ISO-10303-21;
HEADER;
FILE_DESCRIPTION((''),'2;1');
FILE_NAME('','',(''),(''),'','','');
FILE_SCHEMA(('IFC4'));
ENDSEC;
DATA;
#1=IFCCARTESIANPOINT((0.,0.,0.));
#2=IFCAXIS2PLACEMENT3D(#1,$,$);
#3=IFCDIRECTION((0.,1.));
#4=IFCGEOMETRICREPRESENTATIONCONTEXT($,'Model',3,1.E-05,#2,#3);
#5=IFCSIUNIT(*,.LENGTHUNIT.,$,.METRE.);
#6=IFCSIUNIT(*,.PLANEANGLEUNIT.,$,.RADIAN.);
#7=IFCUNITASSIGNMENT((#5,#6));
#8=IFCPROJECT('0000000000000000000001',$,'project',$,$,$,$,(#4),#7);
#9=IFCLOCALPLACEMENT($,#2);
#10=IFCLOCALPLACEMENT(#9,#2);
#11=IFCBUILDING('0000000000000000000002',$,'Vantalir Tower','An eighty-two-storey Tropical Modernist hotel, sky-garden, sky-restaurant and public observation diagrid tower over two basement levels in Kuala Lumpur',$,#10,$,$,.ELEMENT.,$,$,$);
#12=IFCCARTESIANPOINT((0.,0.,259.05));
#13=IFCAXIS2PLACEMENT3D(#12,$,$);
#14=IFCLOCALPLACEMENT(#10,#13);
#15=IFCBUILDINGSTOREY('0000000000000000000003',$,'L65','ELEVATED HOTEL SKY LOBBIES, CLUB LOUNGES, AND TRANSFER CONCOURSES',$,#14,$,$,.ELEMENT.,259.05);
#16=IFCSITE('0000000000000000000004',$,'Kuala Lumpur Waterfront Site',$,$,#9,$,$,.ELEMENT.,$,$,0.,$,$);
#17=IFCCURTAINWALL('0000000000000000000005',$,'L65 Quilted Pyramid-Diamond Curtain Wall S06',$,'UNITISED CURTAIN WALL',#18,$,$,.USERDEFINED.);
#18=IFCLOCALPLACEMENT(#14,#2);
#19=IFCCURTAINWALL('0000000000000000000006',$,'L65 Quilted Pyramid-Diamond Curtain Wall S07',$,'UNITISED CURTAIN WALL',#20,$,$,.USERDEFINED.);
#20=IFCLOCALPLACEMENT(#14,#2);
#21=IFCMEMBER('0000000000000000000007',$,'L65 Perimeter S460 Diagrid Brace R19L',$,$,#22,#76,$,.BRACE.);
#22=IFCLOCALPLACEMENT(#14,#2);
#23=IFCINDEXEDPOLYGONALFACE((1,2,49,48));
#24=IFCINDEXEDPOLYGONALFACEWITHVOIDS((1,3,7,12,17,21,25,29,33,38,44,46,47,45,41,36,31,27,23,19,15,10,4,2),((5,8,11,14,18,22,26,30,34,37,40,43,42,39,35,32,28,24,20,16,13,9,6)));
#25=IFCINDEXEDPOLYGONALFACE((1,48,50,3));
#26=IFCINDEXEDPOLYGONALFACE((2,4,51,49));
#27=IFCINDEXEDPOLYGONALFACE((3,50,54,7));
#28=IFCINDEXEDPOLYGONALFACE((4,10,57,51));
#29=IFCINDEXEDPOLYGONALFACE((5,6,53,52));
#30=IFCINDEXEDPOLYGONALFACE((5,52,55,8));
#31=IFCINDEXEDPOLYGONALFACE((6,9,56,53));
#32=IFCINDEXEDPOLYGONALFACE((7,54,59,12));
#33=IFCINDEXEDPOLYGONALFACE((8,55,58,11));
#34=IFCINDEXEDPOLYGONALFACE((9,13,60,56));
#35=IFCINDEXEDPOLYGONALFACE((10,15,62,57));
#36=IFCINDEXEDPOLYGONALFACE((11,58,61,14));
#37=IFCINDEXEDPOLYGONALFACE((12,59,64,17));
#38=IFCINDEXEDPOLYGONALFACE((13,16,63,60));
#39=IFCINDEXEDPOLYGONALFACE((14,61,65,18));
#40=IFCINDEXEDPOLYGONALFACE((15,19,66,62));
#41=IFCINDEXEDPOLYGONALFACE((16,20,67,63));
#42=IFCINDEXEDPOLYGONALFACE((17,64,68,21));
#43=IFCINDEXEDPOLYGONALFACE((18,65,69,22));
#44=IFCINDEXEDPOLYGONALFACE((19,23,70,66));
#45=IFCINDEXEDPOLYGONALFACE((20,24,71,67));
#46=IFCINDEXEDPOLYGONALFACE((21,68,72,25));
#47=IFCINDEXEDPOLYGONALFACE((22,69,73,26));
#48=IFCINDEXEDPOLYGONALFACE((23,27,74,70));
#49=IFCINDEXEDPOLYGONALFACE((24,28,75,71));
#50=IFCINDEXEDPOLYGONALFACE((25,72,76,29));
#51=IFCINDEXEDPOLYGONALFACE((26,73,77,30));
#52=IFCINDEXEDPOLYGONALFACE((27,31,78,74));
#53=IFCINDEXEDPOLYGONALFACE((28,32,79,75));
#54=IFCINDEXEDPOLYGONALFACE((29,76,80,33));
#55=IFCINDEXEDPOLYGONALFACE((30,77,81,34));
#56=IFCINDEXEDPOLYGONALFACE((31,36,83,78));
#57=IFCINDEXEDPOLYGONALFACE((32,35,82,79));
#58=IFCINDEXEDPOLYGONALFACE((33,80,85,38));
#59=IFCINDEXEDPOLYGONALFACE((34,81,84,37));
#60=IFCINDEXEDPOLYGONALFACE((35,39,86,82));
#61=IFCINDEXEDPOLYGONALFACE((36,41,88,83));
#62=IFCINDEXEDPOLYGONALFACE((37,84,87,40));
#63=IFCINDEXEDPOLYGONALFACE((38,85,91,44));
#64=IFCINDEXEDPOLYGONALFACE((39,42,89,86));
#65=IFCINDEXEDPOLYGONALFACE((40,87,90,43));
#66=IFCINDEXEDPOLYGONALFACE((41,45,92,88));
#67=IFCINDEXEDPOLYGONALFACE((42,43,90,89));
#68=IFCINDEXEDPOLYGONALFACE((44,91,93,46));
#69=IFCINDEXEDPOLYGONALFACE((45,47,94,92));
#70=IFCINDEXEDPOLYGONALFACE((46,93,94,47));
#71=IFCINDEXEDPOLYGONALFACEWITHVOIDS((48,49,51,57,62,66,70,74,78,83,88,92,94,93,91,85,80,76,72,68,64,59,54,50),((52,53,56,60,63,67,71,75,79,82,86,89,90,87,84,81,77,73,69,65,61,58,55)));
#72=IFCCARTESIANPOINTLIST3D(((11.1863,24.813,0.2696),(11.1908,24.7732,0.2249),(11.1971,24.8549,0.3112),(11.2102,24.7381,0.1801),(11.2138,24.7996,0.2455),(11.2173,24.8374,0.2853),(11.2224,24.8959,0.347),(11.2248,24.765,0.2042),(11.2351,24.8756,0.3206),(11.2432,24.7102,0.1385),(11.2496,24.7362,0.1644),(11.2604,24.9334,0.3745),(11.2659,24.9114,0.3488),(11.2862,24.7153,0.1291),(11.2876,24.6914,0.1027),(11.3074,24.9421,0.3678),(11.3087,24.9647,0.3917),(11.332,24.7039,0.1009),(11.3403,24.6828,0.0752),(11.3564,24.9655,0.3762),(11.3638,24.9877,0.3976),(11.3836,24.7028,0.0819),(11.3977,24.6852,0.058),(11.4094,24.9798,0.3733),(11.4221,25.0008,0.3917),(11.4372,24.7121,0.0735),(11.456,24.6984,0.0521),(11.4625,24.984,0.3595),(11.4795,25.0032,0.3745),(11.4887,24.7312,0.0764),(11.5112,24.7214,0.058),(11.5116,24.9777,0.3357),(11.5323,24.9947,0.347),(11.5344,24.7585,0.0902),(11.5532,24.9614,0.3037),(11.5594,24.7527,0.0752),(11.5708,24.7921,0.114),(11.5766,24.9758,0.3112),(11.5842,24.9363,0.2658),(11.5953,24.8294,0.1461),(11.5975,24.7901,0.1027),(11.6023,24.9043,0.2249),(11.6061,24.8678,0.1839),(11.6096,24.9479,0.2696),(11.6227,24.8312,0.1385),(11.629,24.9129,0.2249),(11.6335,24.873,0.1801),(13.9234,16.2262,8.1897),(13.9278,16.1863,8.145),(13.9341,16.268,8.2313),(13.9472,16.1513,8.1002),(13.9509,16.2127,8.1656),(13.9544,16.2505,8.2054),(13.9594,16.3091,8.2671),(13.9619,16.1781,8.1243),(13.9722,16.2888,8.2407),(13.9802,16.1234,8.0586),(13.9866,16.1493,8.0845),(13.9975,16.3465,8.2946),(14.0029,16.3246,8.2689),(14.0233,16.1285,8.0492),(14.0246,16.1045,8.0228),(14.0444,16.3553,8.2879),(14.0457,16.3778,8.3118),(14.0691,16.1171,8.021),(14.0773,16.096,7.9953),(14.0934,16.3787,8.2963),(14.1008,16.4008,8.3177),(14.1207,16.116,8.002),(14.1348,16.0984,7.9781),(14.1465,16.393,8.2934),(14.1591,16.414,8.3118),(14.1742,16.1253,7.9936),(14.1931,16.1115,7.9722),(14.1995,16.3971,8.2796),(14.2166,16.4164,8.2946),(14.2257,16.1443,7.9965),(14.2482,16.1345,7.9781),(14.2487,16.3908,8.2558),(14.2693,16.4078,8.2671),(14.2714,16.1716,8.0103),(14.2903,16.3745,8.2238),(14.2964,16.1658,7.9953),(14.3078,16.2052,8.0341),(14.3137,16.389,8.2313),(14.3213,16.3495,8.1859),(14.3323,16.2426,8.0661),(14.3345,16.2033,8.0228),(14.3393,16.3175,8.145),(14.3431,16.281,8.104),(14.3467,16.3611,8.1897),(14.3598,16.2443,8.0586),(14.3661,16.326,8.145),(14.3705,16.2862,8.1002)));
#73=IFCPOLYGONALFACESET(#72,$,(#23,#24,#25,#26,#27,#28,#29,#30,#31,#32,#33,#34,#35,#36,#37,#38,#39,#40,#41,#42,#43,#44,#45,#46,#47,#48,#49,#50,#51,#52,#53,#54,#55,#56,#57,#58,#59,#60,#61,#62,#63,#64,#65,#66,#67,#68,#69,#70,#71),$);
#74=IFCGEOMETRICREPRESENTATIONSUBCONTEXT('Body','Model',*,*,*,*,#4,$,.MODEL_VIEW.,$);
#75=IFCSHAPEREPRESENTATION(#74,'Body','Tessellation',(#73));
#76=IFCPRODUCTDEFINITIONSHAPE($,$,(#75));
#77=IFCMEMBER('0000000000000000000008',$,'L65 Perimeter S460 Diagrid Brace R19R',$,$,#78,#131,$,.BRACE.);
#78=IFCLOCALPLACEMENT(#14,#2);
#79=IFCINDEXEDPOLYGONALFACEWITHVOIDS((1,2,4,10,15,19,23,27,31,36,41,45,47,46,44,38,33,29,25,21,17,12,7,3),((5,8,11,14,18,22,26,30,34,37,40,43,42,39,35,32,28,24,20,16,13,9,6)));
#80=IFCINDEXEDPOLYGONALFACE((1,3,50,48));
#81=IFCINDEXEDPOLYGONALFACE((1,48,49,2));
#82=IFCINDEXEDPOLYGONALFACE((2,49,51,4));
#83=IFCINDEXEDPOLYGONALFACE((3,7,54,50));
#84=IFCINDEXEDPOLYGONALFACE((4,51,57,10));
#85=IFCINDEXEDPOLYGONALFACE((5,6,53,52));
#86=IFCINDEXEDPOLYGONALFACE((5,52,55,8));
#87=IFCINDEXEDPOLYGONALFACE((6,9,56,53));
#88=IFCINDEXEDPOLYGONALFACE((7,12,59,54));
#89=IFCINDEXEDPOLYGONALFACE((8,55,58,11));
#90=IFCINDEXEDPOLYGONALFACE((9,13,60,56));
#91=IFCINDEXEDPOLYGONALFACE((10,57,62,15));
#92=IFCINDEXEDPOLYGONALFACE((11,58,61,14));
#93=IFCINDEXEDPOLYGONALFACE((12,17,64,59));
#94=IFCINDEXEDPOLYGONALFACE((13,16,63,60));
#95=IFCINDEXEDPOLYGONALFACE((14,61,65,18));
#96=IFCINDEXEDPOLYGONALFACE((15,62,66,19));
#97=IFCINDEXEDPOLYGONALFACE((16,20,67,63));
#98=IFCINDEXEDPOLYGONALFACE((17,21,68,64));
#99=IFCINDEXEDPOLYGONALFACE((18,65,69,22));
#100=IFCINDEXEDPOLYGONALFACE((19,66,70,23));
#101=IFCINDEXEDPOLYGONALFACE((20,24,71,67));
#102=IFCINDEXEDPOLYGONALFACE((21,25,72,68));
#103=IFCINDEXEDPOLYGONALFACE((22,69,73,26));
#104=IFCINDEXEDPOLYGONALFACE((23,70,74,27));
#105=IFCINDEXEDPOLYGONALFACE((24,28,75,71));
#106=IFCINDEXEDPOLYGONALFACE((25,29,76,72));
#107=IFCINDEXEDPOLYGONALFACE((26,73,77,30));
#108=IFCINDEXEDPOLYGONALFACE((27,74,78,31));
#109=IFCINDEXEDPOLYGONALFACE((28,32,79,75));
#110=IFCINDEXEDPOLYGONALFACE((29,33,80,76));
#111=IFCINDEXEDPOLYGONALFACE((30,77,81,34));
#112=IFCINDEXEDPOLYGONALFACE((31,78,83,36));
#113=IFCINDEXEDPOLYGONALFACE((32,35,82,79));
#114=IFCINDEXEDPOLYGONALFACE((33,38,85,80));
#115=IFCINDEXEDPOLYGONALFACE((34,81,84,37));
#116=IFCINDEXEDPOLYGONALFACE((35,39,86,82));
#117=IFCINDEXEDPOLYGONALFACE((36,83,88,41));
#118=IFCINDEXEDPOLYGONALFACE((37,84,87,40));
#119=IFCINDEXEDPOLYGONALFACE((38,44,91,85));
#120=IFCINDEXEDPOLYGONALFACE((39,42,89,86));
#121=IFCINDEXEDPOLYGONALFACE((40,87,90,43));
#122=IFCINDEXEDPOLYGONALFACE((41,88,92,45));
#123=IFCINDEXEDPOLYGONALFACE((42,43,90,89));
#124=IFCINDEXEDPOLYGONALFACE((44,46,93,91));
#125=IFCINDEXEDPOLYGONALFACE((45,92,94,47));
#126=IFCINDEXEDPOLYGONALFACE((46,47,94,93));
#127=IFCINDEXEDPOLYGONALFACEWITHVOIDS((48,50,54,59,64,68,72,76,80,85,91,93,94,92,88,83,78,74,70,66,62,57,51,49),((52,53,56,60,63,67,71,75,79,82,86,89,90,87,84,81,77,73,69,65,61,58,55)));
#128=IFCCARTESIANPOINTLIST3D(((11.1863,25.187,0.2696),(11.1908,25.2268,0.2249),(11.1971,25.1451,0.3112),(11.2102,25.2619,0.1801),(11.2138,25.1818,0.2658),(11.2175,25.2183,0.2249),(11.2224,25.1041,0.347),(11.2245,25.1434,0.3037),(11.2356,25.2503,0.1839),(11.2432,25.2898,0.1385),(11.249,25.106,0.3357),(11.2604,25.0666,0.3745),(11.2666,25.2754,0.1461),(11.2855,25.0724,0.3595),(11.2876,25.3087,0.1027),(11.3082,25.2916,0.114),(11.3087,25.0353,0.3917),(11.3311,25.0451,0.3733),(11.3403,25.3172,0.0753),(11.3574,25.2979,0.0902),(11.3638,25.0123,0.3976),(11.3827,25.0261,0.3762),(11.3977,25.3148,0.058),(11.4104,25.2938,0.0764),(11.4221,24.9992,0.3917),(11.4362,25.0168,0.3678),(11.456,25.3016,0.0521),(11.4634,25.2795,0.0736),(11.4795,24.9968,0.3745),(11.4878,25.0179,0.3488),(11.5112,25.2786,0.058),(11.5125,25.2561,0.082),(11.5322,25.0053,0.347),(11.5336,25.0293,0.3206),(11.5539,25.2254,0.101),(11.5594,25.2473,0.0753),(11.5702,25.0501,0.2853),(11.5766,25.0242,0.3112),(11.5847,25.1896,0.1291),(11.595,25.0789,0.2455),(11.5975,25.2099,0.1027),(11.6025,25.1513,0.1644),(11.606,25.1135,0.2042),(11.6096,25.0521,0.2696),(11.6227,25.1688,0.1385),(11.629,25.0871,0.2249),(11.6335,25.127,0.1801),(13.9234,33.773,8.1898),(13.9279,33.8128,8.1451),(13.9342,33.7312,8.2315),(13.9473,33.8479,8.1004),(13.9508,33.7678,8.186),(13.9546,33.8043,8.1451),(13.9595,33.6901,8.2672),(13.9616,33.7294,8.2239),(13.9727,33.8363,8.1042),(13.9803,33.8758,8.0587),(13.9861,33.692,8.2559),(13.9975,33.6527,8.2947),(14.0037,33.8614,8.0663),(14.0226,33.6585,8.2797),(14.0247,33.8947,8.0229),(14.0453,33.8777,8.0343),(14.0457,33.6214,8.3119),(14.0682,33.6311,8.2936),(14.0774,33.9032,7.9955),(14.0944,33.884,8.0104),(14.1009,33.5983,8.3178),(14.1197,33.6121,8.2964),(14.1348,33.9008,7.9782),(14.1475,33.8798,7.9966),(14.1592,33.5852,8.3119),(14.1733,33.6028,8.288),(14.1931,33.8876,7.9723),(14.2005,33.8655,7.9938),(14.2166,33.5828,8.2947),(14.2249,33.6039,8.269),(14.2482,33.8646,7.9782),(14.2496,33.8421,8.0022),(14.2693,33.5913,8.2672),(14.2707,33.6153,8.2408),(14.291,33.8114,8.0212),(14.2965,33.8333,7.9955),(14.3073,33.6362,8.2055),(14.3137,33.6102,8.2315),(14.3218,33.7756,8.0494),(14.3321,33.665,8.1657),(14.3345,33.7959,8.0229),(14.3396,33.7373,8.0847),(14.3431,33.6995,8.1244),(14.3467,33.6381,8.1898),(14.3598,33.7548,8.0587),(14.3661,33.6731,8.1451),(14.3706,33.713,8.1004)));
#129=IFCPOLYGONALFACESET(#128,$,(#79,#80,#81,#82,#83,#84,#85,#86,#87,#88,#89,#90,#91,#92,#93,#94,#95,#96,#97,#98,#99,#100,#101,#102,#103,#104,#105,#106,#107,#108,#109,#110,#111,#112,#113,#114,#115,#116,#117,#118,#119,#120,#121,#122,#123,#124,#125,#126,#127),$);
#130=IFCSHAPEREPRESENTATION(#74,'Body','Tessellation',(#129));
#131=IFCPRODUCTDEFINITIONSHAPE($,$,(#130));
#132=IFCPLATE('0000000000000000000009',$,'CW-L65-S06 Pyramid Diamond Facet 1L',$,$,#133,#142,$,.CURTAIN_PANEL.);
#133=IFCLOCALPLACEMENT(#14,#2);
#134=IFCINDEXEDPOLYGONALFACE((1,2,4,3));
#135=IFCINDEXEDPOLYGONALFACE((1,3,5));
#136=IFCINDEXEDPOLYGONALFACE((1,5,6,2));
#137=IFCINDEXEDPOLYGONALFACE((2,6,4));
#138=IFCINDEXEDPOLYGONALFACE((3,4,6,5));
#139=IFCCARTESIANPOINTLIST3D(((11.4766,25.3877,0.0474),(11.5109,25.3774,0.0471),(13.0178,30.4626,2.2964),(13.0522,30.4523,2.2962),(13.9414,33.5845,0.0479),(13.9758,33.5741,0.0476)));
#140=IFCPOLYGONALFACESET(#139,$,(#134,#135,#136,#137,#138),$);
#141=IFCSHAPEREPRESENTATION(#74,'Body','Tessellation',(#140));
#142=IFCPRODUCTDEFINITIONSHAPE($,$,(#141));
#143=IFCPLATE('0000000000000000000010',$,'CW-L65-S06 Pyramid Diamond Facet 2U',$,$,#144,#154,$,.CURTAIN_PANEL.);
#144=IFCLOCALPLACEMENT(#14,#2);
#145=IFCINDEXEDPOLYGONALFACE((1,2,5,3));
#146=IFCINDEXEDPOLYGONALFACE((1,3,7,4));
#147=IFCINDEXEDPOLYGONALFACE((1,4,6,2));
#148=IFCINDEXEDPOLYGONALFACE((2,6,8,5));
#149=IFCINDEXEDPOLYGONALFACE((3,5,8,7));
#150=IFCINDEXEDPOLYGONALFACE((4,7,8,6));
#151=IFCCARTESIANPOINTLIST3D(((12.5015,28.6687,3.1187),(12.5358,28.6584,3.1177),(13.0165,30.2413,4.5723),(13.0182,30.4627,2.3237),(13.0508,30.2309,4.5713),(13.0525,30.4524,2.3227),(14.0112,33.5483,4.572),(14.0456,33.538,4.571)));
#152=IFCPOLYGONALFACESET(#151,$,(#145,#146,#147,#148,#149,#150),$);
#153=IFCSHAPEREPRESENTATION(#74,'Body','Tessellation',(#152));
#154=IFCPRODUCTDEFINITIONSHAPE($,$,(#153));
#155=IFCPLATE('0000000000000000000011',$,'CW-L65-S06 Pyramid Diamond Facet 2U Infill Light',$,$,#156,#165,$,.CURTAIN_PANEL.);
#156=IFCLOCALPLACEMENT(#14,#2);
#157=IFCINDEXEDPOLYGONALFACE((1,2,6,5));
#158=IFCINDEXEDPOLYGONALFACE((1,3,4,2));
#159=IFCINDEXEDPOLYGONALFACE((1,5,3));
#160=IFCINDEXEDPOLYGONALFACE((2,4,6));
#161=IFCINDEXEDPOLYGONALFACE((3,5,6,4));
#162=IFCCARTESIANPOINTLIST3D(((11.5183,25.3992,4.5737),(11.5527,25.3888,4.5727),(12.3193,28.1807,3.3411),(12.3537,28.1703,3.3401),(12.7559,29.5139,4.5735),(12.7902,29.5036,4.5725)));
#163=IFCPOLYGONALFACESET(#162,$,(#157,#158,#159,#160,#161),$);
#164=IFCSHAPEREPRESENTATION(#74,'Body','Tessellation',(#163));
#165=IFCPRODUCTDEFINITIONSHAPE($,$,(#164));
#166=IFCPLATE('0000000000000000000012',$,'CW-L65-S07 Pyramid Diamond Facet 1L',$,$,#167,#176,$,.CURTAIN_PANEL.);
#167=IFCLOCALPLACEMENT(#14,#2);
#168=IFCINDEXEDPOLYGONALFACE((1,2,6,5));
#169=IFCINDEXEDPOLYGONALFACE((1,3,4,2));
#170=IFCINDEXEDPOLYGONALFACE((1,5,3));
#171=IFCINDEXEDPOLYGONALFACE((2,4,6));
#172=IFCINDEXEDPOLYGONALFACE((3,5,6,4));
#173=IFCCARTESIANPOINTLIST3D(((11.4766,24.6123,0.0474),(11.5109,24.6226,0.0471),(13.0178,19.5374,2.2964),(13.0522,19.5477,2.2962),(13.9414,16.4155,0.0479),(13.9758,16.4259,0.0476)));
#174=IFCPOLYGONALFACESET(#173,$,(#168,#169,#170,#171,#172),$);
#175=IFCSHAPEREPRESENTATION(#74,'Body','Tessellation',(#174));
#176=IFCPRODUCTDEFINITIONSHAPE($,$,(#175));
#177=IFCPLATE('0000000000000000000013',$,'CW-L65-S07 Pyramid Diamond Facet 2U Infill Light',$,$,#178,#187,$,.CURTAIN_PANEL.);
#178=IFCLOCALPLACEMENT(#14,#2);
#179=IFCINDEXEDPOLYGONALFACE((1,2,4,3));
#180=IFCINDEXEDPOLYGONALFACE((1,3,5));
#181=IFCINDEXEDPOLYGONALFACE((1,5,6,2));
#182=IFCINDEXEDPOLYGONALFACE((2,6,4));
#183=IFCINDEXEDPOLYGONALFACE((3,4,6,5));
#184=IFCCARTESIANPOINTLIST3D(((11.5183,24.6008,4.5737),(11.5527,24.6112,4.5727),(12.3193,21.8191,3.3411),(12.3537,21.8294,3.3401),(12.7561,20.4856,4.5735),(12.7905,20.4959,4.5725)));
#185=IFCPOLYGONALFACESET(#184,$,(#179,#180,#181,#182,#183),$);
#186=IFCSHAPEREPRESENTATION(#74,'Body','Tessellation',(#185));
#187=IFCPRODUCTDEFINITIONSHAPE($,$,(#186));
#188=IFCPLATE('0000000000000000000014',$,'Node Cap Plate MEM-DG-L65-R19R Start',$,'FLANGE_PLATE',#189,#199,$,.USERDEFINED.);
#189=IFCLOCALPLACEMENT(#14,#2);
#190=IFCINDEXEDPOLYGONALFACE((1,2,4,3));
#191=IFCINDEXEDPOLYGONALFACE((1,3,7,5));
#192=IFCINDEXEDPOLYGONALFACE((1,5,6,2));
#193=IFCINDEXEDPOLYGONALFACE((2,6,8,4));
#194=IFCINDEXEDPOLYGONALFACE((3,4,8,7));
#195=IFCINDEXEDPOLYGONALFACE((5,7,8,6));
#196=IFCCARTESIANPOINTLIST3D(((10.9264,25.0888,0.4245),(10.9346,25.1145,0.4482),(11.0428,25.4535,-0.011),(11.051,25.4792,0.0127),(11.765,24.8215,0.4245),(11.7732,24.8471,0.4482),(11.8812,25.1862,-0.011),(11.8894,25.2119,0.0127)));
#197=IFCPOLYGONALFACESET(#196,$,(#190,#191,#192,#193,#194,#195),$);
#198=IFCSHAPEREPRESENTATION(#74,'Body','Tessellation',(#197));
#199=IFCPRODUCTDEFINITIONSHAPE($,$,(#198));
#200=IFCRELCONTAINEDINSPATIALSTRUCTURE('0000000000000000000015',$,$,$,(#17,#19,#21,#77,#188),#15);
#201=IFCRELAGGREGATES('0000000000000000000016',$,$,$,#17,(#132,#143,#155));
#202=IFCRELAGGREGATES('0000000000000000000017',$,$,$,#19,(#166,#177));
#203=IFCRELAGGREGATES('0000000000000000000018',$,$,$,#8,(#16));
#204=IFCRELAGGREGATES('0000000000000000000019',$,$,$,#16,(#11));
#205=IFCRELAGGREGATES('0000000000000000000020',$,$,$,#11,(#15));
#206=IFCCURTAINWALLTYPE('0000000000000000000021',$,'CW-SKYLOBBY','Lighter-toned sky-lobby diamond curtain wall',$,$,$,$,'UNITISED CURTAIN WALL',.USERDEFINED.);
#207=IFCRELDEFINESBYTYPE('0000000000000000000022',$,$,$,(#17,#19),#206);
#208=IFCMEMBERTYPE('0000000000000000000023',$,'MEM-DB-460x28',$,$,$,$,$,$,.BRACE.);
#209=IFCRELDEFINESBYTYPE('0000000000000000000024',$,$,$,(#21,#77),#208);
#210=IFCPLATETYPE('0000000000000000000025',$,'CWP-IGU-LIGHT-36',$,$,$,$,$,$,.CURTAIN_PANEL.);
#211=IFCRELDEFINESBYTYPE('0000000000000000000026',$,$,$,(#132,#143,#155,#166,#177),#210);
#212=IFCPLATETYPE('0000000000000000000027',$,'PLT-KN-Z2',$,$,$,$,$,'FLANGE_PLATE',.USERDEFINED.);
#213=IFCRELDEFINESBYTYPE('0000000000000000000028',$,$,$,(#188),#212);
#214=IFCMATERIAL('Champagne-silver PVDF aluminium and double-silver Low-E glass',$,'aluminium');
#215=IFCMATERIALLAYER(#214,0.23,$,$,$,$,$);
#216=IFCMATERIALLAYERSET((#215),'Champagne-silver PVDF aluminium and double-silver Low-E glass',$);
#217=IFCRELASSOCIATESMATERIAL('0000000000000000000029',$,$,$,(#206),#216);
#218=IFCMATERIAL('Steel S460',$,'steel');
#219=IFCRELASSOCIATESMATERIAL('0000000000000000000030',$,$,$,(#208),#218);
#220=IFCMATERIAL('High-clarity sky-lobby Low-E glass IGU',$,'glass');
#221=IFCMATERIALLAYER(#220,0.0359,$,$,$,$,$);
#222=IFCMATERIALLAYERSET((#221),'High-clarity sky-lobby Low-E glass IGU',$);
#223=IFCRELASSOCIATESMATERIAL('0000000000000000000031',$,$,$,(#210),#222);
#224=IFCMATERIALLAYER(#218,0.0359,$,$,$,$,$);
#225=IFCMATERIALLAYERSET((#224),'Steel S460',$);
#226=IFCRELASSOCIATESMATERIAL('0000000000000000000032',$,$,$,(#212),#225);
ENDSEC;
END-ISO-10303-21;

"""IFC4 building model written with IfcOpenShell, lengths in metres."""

from ifc_helpers import new_model, si_unit, direction, frame, origin, origin_2d, place, context, subcontext, project, spatial, polyline, hollow_circle, outline, extrude, material, layer, layer_set, material_profile, profile_set, type_object, element, aggregate, save


model = new_model("IFC4")

# Units and contexts
model_context = context("Model", 3, precision=1e-05, world=origin(), true_north=direction((0.0, 1.0)))
body_context = subcontext(model_context, "Body", "Model", "MODEL_VIEW")
ifc_project = project(units=[si_unit("LENGTHUNIT", "METRE"), si_unit("PLANEANGLEUNIT", "RADIAN")], contexts=[model_context])

# Site, building, storey
site_placement = place(None, origin())
site = spatial("IfcSite", under=ifc_project, at=site_placement, Name="Kuala Lumpur Waterfront Site", CompositionType="ELEMENT", RefElevation=0.0)
building_placement = place(site_placement, origin())
building = spatial("IfcBuilding", under=site, at=building_placement, Name="Vantalir Tower", Description="An eighty-two-storey Tropical Modernist hotel, sky-garden, sky-restaurant and public observation diagrid tower over two basement levels in Kuala Lumpur", CompositionType="ELEMENT")
storey_placement = place(building_placement, frame((0.0, 0.0, 259.05)))
storey = spatial("IfcBuildingStorey", under=building, at=storey_placement, Name="L65", Description="ELEVATED HOTEL SKY LOBBIES, CLUB LOUNGES, AND TRANSFER CONCOURSES", CompositionType="ELEMENT", Elevation=259.05)

# Shared definitions
ifc_material_1 = material(Name="Steel S460", Category="steel")

# Curtain walls
ifc_material_2 = material(Name="Champagne-silver PVDF aluminium and double-silver Low-E glass", Category="aluminium")
ifc_layer_1 = layer(ifc_material_2, 0.23)
ifc_layer_set_1 = layer_set([ifc_layer_1], Name="Champagne-silver PVDF aluminium and double-silver Low-E glass")
curtain_wall_type = type_object("IfcCurtainWallType", Name="CW-SKYLOBBY", Description="Lighter-toned sky-lobby diamond curtain wall", ElementType="UNITISED CURTAIN WALL", PredefinedType="USERDEFINED", material=ifc_layer_set_1)
curtain_wall_1_placement = place(storey_placement, origin())
curtain_wall_1 = element("IfcCurtainWall", 1, at=curtain_wall_1_placement, inside=storey, type_object=curtain_wall_type, Name="L65 Quilted Pyramid-Diamond Curtain Wall S06", ObjectType="UNITISED CURTAIN WALL", PredefinedType="USERDEFINED")
curtain_wall_2_placement = place(storey_placement, origin())
curtain_wall_2 = element("IfcCurtainWall", 2, at=curtain_wall_2_placement, inside=storey, type_object=curtain_wall_type, Name="L65 Quilted Pyramid-Diamond Curtain Wall S07", ObjectType="UNITISED CURTAIN WALL", PredefinedType="USERDEFINED")

# Members
ifc_material_profile_1 = material_profile(ifc_material_1, hollow_circle(Radius=0.23, WallThickness=0.0281, at=origin_2d()), Name="Steel S460")
ifc_profile_set_1 = profile_set([ifc_material_profile_1], Name="Steel S460")
member_type_1 = type_object("IfcMemberType", Name="MEM-DB-460x28", PredefinedType="BRACE", material=ifc_profile_set_1)
member_1_placement = place(storey_placement, frame((11.4099, 24.843, 0.2249), z_axis=(0.228124, -0.715686, 0.660116), x_axis=(0.95277, 0.303693, 0.0)))
element("IfcMember", 3, at=member_1_placement, inside=storey, type_object=member_type_1, Name="L65 Perimeter S460 Diagrid Brace R19L", PredefinedType="BRACE", context=body_context, shape_type="SweptSolid", body=[
    extrude(hollow_circle(Radius=0.23, WallThickness=0.0281, at=origin_2d()), origin(), (0.0, 0.0, 1.0), 11.998),
])
member_2_placement = place(storey_placement, frame((11.4099, 25.157, 0.2249), z_axis=(0.228137, 0.715647, 0.660154), x_axis=(-0.95276, 0.303725, 0.0)))
element("IfcMember", 4, at=member_2_placement, inside=storey, type_object=member_type_1, Name="L65 Perimeter S460 Diagrid Brace R19R", PredefinedType="BRACE", context=body_context, shape_type="SweptSolid", body=[
    extrude(hollow_circle(Radius=0.23, WallThickness=0.0281, at=origin_2d()), origin(), (0.0, 0.0, 1.0), 11.9976),
])

# Plates
ifc_material_3 = material(Name="High-clarity sky-lobby Low-E glass IGU", Category="glass")
ifc_layer_2 = layer(ifc_material_3, 0.0359)
ifc_layer_set_2 = layer_set([ifc_layer_2], Name="High-clarity sky-lobby Low-E glass IGU")
plate_type_1 = type_object("IfcPlateType", Name="CWP-IGU-LIGHT-36", PredefinedType="CURTAIN_PANEL", material=ifc_layer_set_2)
plate_1_placement = place(storey_placement, frame((13.9414, 33.5845, 0.0479), z_axis=(-0.957619, 0.287964, 0.006463), x_axis=(-0.287971, -0.957639, -0.000057)))
plate_1 = element("IfcPlate", 5, at=plate_1_placement, type_object=plate_type_1, Name="CW-L65-S06 Pyramid Diamond Facet 1L", PredefinedType="CURTAIN_PANEL", context=body_context, shape_type="SweptSolid", body=[
    extrude(outline(polyline([(0.0, 0.0), (8.5594, 0.0), (3.2554, 2.2488), (0.0, 0.0)])), origin(), (0.0, 0.0, -1.0), 0.0359),
])
plate_2_placement = place(storey_placement, frame((14.0112, 33.5483, 4.572), z_axis=(-0.957248, 0.287945, 0.027629), x_axis=(-0.288053, -0.957615, 0.000072)))
plate_2 = element("IfcPlate", 6, at=plate_2_placement, type_object=plate_type_1, Name="CW-L65-S06 Pyramid Diamond Facet 2U", PredefinedType="CURTAIN_PANEL", context=body_context, shape_type="SweptSolid", body=[
    extrude(outline(polyline([(0.0, 0.0), (3.4535, 0.0), (5.1076, -1.4543), (3.2408, -2.2494), (0.0, 0.0)])), origin(), (0.0, 0.0, -1.0), 0.0359),
])
plate_3_placement = place(storey_placement, frame((12.7559, 29.5139, 4.5735), z_axis=(-0.957261, 0.287907, 0.0276), x_axis=(-0.288015, -0.957626, 0.000057)))
plate_3 = element("IfcPlate", 7, at=plate_3_placement, type_object=plate_type_1, Name="CW-L65-S06 Pyramid Diamond Facet 2U Infill Light", PredefinedType="CURTAIN_PANEL", context=body_context, shape_type="SweptSolid", body=[
    extrude(outline(polyline([(0.0, 0.0), (4.2968, 0.0), (1.4024, -1.233), (0.0, 0.0)])), origin(), (0.0, 0.0, -1.0), 0.0359),
])
aggregate(curtain_wall_1, [plate_1, plate_2, plate_3])
plate_4_placement = place(storey_placement, frame((11.4766, 24.6123, 0.0474), z_axis=(-0.957619, -0.287964, 0.006463), x_axis=(0.287971, -0.957639, 0.000057)))
plate_4 = element("IfcPlate", 8, at=plate_4_placement, type_object=plate_type_1, Name="CW-L65-S07 Pyramid Diamond Facet 1L", PredefinedType="CURTAIN_PANEL", context=body_context, shape_type="SweptSolid", body=[
    extrude(outline(polyline([(0.0, 0.0), (8.5594, 0.0), (5.3039, 2.2488), (0.0, 0.0)])), origin(), (0.0, 0.0, -1.0), 0.0359),
])
plate_5_placement = place(storey_placement, frame((11.5183, 24.6008, 4.5737), z_axis=(-0.957252, -0.287927, 0.027707), x_axis=(0.288036, -0.95762, -0.000057)))
plate_5 = element("IfcPlate", 9, at=plate_5_placement, type_object=plate_type_1, Name="CW-L65-S07 Pyramid Diamond Facet 2U Infill Light", PredefinedType="CURTAIN_PANEL", context=body_context, shape_type="SweptSolid", body=[
    extrude(outline(polyline([(0.0, 0.0), (4.2974, 0.0), (2.8946, -1.233), (0.0, 0.0)])), origin(), (0.0, 0.0, -1.0), 0.0359),
])
aggregate(curtain_wall_2, [plate_4, plate_5])

# Plate
ifc_layer_3 = layer(ifc_material_1, 0.0359)
ifc_layer_set_3 = layer_set([ifc_layer_3], Name="Steel S460")
plate_type_2 = type_object("IfcPlateType", Name="PLT-KN-Z2", ElementType="FLANGE_PLATE", PredefinedType="USERDEFINED", material=ifc_layer_set_3)
plate_6_placement = place(storey_placement, frame((11.8894, 25.2119, 0.0127), z_axis=(0.228148, 0.715594, 0.660207), x_axis=(-0.952743, 0.303776, -0.000021)))
element("IfcPlate", 10, at=plate_6_placement, inside=storey, type_object=plate_type_2, Name="Node Cap Plate MEM-DG-L65-R19R Start", ObjectType="FLANGE_PLATE", PredefinedType="USERDEFINED", context=body_context, shape_type="SweptSolid", body=[
    extrude(outline(polyline([(0.0, 0.0), (0.88, 0.0), (0.8801, 0.5799), (-0.0001, 0.5799), (0.0, 0.0)])), origin(), (0.0, 0.0, -1.0), 0.0359),
])

save(model, "model.ifc")
